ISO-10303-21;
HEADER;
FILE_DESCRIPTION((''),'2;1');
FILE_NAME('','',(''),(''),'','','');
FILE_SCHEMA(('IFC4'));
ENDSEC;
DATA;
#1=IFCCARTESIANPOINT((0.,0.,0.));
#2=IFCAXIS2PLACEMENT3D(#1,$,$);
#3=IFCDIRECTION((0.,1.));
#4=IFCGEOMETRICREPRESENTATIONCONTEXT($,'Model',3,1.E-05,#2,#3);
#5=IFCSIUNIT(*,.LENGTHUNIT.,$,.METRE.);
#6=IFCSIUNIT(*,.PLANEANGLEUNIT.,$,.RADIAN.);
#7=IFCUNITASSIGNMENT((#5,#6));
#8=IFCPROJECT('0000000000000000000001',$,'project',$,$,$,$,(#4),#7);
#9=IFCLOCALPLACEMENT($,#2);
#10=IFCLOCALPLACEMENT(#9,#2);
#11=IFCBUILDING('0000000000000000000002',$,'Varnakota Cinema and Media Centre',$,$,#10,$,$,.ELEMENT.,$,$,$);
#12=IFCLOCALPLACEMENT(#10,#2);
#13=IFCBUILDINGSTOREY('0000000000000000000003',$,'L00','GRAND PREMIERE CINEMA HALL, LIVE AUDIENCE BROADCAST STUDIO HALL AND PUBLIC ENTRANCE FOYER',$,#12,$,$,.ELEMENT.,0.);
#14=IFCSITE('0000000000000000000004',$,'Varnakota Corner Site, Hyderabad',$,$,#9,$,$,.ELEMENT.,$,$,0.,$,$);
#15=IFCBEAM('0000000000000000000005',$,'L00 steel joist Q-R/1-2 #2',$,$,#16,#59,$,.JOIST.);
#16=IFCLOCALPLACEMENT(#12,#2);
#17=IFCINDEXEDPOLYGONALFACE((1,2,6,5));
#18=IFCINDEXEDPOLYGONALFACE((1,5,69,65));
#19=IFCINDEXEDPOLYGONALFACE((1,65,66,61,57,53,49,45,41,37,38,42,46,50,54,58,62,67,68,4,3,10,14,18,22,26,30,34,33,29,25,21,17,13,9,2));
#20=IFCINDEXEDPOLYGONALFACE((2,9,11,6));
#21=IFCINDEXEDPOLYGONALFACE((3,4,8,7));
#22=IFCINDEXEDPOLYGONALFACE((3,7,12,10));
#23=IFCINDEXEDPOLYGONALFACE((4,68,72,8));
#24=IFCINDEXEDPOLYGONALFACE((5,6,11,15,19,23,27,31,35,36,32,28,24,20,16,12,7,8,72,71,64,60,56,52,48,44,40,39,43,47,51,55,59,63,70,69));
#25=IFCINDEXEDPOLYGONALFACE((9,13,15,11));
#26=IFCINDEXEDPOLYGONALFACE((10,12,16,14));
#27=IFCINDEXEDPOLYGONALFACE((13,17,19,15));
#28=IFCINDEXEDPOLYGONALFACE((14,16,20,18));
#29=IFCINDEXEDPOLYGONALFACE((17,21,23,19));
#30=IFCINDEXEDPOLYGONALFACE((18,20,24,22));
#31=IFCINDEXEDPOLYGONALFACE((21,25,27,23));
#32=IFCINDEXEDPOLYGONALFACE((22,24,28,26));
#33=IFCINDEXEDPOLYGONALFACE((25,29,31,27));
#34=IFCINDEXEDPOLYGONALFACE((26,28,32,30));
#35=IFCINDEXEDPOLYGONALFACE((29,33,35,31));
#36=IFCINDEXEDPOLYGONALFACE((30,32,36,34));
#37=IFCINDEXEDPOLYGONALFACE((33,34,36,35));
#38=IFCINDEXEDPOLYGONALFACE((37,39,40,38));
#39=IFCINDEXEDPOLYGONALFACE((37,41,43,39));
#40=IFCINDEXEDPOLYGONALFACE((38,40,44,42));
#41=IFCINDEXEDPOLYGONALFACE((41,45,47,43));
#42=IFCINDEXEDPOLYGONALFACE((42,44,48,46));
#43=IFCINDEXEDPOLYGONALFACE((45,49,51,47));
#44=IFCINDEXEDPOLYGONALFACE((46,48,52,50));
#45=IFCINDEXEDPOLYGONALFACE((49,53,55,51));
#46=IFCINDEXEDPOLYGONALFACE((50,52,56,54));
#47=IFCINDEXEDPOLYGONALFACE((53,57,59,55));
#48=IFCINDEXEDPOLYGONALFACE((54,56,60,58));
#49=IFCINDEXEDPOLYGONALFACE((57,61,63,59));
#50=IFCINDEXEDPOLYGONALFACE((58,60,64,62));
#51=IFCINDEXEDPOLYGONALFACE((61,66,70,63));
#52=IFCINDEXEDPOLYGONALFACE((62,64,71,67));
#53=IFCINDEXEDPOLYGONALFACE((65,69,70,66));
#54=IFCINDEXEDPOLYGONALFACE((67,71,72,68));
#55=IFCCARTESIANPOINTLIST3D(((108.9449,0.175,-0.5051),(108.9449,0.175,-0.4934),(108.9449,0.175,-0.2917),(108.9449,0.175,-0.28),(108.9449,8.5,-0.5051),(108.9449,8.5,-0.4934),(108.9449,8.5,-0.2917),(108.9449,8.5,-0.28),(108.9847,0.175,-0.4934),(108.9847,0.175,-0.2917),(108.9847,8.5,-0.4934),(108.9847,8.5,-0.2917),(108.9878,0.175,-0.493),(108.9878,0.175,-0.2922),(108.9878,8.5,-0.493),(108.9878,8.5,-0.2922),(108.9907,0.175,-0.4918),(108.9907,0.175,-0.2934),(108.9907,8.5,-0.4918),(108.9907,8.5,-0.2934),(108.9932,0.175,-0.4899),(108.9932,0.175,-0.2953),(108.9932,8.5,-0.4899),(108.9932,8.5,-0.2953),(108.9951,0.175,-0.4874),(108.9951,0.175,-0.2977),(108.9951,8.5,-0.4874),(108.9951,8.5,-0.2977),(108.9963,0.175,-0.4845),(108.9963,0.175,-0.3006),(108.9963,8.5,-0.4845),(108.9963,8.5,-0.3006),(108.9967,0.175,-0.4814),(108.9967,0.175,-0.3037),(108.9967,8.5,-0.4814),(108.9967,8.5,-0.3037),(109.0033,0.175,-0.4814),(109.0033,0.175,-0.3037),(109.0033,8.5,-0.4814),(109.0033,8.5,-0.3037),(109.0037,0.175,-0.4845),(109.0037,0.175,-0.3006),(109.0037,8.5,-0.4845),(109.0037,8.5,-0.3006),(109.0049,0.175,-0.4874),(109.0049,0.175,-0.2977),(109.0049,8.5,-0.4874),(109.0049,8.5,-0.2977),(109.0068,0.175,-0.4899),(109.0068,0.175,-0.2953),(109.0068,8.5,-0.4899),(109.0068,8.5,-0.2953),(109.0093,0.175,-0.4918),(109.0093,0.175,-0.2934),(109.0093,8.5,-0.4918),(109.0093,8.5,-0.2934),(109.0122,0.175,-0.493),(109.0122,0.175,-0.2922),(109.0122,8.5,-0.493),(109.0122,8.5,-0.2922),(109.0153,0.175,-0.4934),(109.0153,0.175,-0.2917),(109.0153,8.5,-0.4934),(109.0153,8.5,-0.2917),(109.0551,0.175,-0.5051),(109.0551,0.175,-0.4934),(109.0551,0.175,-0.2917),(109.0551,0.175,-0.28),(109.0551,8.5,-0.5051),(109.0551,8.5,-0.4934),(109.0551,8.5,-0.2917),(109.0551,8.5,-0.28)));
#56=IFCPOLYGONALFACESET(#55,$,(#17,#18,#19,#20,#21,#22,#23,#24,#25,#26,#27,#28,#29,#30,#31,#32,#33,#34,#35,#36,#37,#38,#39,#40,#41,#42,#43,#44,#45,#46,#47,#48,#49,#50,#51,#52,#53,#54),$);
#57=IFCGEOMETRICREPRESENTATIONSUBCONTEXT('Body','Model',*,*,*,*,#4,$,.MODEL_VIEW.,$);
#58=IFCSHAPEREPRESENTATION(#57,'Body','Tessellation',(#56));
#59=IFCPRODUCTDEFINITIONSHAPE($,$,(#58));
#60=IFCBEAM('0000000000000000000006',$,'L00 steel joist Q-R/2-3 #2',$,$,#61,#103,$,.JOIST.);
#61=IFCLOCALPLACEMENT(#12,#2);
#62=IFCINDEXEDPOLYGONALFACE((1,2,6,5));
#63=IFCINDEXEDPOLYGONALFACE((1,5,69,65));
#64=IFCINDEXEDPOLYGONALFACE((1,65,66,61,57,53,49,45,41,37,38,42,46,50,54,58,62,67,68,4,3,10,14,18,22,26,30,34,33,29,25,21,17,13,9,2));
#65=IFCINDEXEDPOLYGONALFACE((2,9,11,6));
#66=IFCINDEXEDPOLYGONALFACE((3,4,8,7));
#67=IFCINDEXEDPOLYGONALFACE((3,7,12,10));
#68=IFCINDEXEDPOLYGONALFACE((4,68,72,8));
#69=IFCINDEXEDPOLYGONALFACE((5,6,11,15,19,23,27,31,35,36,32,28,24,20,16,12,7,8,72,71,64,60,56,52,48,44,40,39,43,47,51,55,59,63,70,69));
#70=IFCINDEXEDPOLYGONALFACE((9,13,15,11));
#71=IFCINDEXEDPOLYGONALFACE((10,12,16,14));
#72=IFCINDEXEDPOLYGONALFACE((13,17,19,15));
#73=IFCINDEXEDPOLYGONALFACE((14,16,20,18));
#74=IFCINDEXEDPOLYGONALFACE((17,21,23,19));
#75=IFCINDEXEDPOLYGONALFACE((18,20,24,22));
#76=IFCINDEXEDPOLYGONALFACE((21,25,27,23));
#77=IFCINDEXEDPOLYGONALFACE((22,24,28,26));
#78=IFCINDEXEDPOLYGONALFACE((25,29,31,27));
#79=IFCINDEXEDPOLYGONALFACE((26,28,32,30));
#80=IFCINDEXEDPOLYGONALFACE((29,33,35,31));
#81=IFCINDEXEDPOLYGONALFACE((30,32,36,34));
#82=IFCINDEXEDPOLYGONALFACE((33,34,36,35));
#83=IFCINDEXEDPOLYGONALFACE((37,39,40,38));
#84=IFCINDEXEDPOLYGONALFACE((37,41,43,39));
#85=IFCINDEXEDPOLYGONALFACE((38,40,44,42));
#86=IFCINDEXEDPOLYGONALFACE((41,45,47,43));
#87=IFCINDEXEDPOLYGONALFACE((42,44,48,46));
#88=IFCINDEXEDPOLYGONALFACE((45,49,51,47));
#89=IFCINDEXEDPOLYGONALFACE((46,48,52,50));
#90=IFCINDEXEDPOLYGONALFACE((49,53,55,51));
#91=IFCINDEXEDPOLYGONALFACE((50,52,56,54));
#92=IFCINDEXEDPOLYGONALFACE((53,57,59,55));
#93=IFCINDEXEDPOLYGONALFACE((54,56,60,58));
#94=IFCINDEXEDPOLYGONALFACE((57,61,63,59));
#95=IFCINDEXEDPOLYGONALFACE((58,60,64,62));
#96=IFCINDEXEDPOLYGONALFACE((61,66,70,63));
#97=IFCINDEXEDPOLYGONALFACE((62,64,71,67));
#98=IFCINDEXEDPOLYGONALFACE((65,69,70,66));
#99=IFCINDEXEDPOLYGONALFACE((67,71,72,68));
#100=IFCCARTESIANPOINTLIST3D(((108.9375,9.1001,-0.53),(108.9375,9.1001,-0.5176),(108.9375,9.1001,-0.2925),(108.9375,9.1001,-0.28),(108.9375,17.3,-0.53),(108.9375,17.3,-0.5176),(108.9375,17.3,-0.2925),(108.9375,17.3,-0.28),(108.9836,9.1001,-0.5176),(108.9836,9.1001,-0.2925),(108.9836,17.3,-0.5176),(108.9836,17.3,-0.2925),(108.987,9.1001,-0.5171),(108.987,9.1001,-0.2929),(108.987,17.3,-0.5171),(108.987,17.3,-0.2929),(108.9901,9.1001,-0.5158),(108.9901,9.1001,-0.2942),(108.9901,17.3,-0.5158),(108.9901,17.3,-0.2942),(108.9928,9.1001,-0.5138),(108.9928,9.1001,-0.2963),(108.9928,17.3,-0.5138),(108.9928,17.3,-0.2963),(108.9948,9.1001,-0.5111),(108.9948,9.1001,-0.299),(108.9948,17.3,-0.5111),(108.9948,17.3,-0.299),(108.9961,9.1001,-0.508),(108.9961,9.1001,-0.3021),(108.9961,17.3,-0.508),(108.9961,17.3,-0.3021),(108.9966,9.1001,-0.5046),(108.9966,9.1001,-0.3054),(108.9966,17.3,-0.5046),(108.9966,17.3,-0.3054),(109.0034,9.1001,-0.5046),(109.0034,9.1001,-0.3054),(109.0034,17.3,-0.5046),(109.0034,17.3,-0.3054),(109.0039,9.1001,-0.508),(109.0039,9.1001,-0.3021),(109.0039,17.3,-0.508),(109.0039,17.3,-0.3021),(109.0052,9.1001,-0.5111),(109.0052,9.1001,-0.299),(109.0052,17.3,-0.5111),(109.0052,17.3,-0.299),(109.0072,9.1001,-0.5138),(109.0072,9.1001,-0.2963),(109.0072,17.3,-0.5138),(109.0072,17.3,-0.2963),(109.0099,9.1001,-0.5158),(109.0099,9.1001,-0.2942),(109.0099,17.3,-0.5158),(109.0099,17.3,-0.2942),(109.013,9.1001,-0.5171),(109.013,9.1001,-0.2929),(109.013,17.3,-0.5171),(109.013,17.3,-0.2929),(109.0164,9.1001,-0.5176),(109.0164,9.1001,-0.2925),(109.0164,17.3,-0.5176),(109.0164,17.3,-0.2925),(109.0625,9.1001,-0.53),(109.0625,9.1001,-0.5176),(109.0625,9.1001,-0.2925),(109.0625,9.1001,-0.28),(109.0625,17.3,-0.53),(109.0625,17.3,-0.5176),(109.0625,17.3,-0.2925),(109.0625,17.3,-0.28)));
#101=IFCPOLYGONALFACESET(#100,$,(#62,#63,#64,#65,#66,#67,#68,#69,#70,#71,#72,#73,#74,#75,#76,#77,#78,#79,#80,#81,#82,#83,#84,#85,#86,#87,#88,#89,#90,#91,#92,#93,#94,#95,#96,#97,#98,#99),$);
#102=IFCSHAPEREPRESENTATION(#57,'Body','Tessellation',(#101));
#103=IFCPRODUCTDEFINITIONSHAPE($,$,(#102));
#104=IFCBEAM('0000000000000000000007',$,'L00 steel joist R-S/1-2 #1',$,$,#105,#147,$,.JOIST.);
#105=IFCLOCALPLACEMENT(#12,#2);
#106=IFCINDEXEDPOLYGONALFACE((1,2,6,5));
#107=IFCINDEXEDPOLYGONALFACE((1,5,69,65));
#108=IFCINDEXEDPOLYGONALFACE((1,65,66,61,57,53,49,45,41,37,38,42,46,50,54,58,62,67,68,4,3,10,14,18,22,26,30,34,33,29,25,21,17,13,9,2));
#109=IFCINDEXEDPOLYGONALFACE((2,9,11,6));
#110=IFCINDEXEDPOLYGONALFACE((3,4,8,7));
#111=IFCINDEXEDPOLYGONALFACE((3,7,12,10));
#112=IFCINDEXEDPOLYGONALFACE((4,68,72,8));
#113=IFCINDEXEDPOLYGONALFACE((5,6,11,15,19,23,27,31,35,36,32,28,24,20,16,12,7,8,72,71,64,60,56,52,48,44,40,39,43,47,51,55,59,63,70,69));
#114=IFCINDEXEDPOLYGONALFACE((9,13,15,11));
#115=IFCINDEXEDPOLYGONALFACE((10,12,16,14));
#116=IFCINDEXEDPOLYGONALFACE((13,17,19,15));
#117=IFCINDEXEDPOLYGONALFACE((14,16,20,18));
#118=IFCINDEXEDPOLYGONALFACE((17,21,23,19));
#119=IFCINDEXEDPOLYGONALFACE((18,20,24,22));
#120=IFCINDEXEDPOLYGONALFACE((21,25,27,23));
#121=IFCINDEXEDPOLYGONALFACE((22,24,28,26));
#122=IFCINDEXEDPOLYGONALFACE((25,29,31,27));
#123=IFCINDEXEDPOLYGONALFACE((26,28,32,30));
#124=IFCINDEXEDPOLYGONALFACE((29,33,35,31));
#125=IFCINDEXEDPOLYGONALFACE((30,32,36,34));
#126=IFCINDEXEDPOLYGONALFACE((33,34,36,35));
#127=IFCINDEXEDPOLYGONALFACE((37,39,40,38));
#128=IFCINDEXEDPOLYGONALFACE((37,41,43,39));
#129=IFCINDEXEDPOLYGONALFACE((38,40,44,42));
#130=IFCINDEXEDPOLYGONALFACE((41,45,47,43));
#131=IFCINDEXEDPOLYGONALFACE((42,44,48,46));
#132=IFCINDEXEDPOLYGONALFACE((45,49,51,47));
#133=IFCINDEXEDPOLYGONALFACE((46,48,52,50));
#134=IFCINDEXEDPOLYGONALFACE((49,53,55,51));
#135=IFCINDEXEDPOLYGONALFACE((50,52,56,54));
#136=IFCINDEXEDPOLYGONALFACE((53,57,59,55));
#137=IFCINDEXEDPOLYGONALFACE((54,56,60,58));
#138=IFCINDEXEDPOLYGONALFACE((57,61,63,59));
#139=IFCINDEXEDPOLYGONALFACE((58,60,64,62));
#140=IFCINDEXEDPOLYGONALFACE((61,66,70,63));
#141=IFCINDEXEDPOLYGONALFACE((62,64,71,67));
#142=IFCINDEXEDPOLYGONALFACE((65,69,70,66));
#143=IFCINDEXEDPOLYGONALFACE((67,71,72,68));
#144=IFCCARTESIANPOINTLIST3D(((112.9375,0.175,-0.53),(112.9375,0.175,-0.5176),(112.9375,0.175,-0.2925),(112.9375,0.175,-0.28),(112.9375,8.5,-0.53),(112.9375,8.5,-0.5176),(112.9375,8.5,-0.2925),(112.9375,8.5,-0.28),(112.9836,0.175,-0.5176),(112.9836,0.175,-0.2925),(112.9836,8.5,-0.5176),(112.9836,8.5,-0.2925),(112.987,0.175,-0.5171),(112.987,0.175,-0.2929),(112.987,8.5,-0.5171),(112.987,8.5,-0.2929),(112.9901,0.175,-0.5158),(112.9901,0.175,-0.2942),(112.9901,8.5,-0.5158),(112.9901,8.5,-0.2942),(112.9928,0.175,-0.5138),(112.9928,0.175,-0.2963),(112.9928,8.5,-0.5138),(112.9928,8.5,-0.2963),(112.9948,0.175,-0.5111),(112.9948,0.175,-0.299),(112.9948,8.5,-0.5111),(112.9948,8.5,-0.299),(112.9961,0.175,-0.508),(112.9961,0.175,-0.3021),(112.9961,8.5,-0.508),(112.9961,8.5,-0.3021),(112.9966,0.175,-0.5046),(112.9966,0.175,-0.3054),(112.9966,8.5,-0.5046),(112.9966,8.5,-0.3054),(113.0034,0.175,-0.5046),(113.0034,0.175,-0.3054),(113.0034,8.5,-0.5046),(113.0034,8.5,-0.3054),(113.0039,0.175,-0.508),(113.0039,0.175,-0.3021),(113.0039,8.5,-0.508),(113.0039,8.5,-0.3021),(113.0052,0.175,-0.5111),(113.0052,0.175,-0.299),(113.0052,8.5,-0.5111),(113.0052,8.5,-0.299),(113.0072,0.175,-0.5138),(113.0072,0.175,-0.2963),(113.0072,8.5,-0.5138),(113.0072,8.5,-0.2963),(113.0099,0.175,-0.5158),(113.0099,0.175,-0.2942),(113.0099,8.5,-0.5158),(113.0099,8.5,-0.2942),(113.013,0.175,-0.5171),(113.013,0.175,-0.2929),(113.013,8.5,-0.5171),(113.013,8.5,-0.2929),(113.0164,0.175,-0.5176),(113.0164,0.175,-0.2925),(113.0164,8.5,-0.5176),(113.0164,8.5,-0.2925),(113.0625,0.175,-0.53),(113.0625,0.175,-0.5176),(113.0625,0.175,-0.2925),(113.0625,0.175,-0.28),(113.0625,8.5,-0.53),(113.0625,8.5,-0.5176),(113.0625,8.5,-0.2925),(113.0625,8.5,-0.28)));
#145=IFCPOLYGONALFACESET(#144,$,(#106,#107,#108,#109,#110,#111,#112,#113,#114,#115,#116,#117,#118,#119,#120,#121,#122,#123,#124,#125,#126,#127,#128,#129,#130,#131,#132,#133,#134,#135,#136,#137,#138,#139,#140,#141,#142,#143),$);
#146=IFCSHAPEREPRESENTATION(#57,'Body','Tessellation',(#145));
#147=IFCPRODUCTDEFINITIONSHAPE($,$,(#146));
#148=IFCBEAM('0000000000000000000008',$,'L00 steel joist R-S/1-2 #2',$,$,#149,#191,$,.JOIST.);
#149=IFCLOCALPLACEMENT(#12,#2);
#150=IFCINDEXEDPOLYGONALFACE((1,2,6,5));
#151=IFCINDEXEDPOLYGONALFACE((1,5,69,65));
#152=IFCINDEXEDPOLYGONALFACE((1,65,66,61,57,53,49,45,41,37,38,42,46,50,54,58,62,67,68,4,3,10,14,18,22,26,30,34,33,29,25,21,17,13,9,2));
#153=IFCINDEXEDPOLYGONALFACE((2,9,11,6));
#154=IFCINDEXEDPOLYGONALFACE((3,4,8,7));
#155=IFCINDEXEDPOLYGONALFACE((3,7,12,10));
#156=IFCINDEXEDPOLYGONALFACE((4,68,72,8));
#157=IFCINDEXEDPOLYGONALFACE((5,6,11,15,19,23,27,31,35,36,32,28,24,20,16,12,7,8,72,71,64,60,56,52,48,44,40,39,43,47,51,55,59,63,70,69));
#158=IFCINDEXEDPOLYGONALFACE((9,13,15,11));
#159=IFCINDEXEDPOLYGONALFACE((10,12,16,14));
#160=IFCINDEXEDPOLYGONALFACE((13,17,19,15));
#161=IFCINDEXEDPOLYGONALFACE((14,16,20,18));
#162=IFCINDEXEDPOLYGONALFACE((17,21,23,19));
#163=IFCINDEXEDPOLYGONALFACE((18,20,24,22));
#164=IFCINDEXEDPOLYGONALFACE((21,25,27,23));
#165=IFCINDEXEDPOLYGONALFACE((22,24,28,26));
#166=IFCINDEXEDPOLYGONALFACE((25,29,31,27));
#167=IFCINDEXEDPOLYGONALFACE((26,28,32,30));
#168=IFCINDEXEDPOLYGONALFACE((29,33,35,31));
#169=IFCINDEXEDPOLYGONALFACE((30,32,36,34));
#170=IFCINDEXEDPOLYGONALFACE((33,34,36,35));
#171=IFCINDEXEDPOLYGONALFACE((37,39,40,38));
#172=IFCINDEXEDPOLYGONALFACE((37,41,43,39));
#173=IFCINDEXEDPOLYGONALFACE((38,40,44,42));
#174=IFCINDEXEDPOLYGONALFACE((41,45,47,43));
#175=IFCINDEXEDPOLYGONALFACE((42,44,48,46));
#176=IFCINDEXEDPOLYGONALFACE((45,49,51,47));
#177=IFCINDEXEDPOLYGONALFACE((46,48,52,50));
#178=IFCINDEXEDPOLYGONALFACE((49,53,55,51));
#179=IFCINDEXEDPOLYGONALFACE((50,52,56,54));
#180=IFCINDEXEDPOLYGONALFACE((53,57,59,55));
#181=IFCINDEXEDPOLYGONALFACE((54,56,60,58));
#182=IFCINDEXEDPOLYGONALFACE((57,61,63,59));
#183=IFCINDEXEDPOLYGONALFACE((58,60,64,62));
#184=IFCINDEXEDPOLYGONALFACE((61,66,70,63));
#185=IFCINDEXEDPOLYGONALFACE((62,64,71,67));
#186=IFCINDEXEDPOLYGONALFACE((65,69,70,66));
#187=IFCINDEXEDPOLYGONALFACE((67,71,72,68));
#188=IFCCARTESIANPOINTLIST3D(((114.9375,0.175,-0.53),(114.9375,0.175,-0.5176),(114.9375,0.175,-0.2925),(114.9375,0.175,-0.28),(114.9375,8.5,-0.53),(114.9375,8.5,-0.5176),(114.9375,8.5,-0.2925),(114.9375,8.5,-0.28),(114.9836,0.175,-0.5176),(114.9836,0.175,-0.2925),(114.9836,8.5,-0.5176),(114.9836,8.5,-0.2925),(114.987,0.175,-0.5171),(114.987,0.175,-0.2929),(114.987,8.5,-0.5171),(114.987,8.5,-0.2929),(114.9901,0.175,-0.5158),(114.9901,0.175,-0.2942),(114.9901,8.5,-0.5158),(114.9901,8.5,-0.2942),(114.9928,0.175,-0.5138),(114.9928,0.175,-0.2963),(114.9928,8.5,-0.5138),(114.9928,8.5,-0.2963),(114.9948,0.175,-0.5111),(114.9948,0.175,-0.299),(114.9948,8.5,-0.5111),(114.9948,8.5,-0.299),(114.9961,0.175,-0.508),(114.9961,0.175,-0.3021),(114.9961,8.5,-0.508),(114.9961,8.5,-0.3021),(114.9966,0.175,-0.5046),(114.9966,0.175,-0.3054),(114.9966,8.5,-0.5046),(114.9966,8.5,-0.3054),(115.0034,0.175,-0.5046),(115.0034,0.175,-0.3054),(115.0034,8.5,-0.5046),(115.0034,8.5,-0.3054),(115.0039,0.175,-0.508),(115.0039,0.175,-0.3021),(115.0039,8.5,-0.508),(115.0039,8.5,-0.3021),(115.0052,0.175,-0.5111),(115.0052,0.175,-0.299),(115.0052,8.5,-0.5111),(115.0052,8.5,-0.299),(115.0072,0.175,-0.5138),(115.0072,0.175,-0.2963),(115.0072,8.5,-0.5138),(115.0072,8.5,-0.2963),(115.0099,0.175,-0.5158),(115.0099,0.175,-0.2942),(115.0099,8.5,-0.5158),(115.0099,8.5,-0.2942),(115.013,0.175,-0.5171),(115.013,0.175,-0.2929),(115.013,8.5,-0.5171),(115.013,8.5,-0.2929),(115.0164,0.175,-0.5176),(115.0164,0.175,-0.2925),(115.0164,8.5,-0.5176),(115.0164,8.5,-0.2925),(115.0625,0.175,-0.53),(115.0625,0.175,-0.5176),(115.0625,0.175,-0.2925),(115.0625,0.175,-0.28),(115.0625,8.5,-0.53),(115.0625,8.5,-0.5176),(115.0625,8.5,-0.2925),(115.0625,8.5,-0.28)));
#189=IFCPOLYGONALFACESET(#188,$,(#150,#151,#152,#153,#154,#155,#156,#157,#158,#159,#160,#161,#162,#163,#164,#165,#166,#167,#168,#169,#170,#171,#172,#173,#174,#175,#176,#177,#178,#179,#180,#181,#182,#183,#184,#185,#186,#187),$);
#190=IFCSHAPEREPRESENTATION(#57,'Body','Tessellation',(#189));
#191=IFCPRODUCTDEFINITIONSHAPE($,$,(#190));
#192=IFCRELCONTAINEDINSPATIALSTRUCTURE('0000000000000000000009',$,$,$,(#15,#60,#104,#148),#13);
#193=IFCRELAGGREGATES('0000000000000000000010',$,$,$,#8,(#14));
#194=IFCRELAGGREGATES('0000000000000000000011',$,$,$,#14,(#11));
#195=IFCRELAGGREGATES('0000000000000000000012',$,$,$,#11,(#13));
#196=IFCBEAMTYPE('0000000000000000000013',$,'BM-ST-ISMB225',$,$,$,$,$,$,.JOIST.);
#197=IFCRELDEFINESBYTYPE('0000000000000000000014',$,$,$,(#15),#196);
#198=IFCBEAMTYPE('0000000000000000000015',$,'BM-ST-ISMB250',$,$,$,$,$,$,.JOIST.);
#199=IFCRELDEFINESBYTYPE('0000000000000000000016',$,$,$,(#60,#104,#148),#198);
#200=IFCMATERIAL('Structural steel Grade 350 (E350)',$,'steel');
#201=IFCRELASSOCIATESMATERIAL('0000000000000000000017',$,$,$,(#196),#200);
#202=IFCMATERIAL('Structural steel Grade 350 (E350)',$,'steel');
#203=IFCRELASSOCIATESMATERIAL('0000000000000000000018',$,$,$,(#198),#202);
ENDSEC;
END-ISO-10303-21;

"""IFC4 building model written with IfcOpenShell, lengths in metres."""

from ifc_helpers import new_model, si_unit, direction, frame, origin, origin_2d, place, context, subcontext, project, spatial, i_section, extrude, material, material_profile, profile_set, type_object, element, save


model = new_model("IFC4")

# Units and contexts
model_context = context("Model", 3, precision=1e-05, world=origin(), true_north=direction((0.0, 1.0)))
body_context = subcontext(model_context, "Body", "Model", "MODEL_VIEW")
ifc_project = project(units=[si_unit("LENGTHUNIT", "METRE"), si_unit("PLANEANGLEUNIT", "RADIAN")], contexts=[model_context])

# Site, building, storey
site_placement = place(None, origin())
site = spatial("IfcSite", under=ifc_project, at=site_placement, Name="Varnakota Corner Site, Hyderabad", CompositionType="ELEMENT", RefElevation=0.0)
building_placement = place(site_placement, origin())
building = spatial("IfcBuilding", under=site, at=building_placement, Name="Varnakota Cinema and Media Centre", CompositionType="ELEMENT")
storey_placement = place(building_placement, origin())
storey = spatial("IfcBuildingStorey", under=building, at=storey_placement, Name="L00", Description="GRAND PREMIERE CINEMA HALL, LIVE AUDIENCE BROADCAST STUDIO HALL AND PUBLIC ENTRANCE FOYER", CompositionType="ELEMENT", Elevation=0.0)

# Beams
ifc_material_1 = material(Name="Structural steel Grade 350 (E350)", Category="steel")
ifc_material_profile_1 = material_profile(ifc_material_1, i_section(OverallWidth=0.1101, OverallDepth=0.2251, WebThickness=0.0066, FlangeThickness=0.0117, FilletRadius=0.012, at=origin_2d()), Name="ISMB 225")
ifc_profile_set_1 = profile_set([ifc_material_profile_1], Name="Structural steel Grade 350 (E350)")
beam_type_1 = type_object("IfcBeamType", Name="BM-ST-ISMB225", PredefinedType="JOIST", material=ifc_profile_set_1)
beam_1_placement = place(storey_placement, frame((109.0, 0.175, -0.3926), z_axis=(0.0, 1.0, 0.0), x_axis=(-1.0, 0.0, 0.0)))
element("IfcBeam", 1, at=beam_1_placement, inside=storey, type_object=beam_type_1, Name="L00 steel joist Q-R/1-2 #2", PredefinedType="JOIST", context=body_context, shape_type="SweptSolid", body=[
    extrude(i_section(OverallWidth=0.1101, OverallDepth=0.2251, WebThickness=0.0066, FlangeThickness=0.0117, FilletRadius=0.012, at=origin_2d()), origin(), (0.0, 0.0, 1.0), 8.325),
])
ifc_material_2 = material(Name="Structural steel Grade 350 (E350)", Category="steel")
ifc_material_profile_2 = material_profile(ifc_material_2, i_section(OverallWidth=0.125, OverallDepth=0.25, WebThickness=0.0068, FlangeThickness=0.0125, FilletRadius=0.0129, at=origin_2d()), Name="ISMB 250")
ifc_profile_set_2 = profile_set([ifc_material_profile_2], Name="Structural steel Grade 350 (E350)")
beam_type_2 = type_object("IfcBeamType", Name="BM-ST-ISMB250", PredefinedType="JOIST", material=ifc_profile_set_2)
beam_2_placement = place(storey_placement, frame((109.0, 9.1001, -0.405), z_axis=(0.0, 1.0, 0.0), x_axis=(-1.0, 0.0, 0.0)))
element("IfcBeam", 2, at=beam_2_placement, inside=storey, type_object=beam_type_2, Name="L00 steel joist Q-R/2-3 #2", PredefinedType="JOIST", context=body_context, shape_type="SweptSolid", body=[
    extrude(i_section(OverallWidth=0.125, OverallDepth=0.25, WebThickness=0.0068, FlangeThickness=0.0125, FilletRadius=0.0129, at=origin_2d()), origin(), (0.0, 0.0, 1.0), 8.2),
])
for number, where, z_axis, x_axis, name in (
    (3, (113.0, 0.175, -0.405), (0.0, 1.0, 0.0), (-1.0, 0.0, 0.0), "L00 steel joist R-S/1-2 #1"),
    (4, (115.0, 0.175, -0.405), (0.0, 1.0, 0.0), (-1.0, 0.0, 0.0), "L00 steel joist R-S/1-2 #2"),
):
    element("IfcBeam", number, at=place(storey_placement, frame(where, z_axis=z_axis, x_axis=x_axis)), inside=storey, type_object=beam_type_2, Name=name, PredefinedType="JOIST", context=body_context, shape_type="SweptSolid", body=[
        extrude(i_section(OverallWidth=0.125, OverallDepth=0.25, WebThickness=0.0068, FlangeThickness=0.0125, FilletRadius=0.0129, at=origin_2d()), origin(), (0.0, 0.0, 1.0), 8.325),
    ])

save(model, "model.ifc")
